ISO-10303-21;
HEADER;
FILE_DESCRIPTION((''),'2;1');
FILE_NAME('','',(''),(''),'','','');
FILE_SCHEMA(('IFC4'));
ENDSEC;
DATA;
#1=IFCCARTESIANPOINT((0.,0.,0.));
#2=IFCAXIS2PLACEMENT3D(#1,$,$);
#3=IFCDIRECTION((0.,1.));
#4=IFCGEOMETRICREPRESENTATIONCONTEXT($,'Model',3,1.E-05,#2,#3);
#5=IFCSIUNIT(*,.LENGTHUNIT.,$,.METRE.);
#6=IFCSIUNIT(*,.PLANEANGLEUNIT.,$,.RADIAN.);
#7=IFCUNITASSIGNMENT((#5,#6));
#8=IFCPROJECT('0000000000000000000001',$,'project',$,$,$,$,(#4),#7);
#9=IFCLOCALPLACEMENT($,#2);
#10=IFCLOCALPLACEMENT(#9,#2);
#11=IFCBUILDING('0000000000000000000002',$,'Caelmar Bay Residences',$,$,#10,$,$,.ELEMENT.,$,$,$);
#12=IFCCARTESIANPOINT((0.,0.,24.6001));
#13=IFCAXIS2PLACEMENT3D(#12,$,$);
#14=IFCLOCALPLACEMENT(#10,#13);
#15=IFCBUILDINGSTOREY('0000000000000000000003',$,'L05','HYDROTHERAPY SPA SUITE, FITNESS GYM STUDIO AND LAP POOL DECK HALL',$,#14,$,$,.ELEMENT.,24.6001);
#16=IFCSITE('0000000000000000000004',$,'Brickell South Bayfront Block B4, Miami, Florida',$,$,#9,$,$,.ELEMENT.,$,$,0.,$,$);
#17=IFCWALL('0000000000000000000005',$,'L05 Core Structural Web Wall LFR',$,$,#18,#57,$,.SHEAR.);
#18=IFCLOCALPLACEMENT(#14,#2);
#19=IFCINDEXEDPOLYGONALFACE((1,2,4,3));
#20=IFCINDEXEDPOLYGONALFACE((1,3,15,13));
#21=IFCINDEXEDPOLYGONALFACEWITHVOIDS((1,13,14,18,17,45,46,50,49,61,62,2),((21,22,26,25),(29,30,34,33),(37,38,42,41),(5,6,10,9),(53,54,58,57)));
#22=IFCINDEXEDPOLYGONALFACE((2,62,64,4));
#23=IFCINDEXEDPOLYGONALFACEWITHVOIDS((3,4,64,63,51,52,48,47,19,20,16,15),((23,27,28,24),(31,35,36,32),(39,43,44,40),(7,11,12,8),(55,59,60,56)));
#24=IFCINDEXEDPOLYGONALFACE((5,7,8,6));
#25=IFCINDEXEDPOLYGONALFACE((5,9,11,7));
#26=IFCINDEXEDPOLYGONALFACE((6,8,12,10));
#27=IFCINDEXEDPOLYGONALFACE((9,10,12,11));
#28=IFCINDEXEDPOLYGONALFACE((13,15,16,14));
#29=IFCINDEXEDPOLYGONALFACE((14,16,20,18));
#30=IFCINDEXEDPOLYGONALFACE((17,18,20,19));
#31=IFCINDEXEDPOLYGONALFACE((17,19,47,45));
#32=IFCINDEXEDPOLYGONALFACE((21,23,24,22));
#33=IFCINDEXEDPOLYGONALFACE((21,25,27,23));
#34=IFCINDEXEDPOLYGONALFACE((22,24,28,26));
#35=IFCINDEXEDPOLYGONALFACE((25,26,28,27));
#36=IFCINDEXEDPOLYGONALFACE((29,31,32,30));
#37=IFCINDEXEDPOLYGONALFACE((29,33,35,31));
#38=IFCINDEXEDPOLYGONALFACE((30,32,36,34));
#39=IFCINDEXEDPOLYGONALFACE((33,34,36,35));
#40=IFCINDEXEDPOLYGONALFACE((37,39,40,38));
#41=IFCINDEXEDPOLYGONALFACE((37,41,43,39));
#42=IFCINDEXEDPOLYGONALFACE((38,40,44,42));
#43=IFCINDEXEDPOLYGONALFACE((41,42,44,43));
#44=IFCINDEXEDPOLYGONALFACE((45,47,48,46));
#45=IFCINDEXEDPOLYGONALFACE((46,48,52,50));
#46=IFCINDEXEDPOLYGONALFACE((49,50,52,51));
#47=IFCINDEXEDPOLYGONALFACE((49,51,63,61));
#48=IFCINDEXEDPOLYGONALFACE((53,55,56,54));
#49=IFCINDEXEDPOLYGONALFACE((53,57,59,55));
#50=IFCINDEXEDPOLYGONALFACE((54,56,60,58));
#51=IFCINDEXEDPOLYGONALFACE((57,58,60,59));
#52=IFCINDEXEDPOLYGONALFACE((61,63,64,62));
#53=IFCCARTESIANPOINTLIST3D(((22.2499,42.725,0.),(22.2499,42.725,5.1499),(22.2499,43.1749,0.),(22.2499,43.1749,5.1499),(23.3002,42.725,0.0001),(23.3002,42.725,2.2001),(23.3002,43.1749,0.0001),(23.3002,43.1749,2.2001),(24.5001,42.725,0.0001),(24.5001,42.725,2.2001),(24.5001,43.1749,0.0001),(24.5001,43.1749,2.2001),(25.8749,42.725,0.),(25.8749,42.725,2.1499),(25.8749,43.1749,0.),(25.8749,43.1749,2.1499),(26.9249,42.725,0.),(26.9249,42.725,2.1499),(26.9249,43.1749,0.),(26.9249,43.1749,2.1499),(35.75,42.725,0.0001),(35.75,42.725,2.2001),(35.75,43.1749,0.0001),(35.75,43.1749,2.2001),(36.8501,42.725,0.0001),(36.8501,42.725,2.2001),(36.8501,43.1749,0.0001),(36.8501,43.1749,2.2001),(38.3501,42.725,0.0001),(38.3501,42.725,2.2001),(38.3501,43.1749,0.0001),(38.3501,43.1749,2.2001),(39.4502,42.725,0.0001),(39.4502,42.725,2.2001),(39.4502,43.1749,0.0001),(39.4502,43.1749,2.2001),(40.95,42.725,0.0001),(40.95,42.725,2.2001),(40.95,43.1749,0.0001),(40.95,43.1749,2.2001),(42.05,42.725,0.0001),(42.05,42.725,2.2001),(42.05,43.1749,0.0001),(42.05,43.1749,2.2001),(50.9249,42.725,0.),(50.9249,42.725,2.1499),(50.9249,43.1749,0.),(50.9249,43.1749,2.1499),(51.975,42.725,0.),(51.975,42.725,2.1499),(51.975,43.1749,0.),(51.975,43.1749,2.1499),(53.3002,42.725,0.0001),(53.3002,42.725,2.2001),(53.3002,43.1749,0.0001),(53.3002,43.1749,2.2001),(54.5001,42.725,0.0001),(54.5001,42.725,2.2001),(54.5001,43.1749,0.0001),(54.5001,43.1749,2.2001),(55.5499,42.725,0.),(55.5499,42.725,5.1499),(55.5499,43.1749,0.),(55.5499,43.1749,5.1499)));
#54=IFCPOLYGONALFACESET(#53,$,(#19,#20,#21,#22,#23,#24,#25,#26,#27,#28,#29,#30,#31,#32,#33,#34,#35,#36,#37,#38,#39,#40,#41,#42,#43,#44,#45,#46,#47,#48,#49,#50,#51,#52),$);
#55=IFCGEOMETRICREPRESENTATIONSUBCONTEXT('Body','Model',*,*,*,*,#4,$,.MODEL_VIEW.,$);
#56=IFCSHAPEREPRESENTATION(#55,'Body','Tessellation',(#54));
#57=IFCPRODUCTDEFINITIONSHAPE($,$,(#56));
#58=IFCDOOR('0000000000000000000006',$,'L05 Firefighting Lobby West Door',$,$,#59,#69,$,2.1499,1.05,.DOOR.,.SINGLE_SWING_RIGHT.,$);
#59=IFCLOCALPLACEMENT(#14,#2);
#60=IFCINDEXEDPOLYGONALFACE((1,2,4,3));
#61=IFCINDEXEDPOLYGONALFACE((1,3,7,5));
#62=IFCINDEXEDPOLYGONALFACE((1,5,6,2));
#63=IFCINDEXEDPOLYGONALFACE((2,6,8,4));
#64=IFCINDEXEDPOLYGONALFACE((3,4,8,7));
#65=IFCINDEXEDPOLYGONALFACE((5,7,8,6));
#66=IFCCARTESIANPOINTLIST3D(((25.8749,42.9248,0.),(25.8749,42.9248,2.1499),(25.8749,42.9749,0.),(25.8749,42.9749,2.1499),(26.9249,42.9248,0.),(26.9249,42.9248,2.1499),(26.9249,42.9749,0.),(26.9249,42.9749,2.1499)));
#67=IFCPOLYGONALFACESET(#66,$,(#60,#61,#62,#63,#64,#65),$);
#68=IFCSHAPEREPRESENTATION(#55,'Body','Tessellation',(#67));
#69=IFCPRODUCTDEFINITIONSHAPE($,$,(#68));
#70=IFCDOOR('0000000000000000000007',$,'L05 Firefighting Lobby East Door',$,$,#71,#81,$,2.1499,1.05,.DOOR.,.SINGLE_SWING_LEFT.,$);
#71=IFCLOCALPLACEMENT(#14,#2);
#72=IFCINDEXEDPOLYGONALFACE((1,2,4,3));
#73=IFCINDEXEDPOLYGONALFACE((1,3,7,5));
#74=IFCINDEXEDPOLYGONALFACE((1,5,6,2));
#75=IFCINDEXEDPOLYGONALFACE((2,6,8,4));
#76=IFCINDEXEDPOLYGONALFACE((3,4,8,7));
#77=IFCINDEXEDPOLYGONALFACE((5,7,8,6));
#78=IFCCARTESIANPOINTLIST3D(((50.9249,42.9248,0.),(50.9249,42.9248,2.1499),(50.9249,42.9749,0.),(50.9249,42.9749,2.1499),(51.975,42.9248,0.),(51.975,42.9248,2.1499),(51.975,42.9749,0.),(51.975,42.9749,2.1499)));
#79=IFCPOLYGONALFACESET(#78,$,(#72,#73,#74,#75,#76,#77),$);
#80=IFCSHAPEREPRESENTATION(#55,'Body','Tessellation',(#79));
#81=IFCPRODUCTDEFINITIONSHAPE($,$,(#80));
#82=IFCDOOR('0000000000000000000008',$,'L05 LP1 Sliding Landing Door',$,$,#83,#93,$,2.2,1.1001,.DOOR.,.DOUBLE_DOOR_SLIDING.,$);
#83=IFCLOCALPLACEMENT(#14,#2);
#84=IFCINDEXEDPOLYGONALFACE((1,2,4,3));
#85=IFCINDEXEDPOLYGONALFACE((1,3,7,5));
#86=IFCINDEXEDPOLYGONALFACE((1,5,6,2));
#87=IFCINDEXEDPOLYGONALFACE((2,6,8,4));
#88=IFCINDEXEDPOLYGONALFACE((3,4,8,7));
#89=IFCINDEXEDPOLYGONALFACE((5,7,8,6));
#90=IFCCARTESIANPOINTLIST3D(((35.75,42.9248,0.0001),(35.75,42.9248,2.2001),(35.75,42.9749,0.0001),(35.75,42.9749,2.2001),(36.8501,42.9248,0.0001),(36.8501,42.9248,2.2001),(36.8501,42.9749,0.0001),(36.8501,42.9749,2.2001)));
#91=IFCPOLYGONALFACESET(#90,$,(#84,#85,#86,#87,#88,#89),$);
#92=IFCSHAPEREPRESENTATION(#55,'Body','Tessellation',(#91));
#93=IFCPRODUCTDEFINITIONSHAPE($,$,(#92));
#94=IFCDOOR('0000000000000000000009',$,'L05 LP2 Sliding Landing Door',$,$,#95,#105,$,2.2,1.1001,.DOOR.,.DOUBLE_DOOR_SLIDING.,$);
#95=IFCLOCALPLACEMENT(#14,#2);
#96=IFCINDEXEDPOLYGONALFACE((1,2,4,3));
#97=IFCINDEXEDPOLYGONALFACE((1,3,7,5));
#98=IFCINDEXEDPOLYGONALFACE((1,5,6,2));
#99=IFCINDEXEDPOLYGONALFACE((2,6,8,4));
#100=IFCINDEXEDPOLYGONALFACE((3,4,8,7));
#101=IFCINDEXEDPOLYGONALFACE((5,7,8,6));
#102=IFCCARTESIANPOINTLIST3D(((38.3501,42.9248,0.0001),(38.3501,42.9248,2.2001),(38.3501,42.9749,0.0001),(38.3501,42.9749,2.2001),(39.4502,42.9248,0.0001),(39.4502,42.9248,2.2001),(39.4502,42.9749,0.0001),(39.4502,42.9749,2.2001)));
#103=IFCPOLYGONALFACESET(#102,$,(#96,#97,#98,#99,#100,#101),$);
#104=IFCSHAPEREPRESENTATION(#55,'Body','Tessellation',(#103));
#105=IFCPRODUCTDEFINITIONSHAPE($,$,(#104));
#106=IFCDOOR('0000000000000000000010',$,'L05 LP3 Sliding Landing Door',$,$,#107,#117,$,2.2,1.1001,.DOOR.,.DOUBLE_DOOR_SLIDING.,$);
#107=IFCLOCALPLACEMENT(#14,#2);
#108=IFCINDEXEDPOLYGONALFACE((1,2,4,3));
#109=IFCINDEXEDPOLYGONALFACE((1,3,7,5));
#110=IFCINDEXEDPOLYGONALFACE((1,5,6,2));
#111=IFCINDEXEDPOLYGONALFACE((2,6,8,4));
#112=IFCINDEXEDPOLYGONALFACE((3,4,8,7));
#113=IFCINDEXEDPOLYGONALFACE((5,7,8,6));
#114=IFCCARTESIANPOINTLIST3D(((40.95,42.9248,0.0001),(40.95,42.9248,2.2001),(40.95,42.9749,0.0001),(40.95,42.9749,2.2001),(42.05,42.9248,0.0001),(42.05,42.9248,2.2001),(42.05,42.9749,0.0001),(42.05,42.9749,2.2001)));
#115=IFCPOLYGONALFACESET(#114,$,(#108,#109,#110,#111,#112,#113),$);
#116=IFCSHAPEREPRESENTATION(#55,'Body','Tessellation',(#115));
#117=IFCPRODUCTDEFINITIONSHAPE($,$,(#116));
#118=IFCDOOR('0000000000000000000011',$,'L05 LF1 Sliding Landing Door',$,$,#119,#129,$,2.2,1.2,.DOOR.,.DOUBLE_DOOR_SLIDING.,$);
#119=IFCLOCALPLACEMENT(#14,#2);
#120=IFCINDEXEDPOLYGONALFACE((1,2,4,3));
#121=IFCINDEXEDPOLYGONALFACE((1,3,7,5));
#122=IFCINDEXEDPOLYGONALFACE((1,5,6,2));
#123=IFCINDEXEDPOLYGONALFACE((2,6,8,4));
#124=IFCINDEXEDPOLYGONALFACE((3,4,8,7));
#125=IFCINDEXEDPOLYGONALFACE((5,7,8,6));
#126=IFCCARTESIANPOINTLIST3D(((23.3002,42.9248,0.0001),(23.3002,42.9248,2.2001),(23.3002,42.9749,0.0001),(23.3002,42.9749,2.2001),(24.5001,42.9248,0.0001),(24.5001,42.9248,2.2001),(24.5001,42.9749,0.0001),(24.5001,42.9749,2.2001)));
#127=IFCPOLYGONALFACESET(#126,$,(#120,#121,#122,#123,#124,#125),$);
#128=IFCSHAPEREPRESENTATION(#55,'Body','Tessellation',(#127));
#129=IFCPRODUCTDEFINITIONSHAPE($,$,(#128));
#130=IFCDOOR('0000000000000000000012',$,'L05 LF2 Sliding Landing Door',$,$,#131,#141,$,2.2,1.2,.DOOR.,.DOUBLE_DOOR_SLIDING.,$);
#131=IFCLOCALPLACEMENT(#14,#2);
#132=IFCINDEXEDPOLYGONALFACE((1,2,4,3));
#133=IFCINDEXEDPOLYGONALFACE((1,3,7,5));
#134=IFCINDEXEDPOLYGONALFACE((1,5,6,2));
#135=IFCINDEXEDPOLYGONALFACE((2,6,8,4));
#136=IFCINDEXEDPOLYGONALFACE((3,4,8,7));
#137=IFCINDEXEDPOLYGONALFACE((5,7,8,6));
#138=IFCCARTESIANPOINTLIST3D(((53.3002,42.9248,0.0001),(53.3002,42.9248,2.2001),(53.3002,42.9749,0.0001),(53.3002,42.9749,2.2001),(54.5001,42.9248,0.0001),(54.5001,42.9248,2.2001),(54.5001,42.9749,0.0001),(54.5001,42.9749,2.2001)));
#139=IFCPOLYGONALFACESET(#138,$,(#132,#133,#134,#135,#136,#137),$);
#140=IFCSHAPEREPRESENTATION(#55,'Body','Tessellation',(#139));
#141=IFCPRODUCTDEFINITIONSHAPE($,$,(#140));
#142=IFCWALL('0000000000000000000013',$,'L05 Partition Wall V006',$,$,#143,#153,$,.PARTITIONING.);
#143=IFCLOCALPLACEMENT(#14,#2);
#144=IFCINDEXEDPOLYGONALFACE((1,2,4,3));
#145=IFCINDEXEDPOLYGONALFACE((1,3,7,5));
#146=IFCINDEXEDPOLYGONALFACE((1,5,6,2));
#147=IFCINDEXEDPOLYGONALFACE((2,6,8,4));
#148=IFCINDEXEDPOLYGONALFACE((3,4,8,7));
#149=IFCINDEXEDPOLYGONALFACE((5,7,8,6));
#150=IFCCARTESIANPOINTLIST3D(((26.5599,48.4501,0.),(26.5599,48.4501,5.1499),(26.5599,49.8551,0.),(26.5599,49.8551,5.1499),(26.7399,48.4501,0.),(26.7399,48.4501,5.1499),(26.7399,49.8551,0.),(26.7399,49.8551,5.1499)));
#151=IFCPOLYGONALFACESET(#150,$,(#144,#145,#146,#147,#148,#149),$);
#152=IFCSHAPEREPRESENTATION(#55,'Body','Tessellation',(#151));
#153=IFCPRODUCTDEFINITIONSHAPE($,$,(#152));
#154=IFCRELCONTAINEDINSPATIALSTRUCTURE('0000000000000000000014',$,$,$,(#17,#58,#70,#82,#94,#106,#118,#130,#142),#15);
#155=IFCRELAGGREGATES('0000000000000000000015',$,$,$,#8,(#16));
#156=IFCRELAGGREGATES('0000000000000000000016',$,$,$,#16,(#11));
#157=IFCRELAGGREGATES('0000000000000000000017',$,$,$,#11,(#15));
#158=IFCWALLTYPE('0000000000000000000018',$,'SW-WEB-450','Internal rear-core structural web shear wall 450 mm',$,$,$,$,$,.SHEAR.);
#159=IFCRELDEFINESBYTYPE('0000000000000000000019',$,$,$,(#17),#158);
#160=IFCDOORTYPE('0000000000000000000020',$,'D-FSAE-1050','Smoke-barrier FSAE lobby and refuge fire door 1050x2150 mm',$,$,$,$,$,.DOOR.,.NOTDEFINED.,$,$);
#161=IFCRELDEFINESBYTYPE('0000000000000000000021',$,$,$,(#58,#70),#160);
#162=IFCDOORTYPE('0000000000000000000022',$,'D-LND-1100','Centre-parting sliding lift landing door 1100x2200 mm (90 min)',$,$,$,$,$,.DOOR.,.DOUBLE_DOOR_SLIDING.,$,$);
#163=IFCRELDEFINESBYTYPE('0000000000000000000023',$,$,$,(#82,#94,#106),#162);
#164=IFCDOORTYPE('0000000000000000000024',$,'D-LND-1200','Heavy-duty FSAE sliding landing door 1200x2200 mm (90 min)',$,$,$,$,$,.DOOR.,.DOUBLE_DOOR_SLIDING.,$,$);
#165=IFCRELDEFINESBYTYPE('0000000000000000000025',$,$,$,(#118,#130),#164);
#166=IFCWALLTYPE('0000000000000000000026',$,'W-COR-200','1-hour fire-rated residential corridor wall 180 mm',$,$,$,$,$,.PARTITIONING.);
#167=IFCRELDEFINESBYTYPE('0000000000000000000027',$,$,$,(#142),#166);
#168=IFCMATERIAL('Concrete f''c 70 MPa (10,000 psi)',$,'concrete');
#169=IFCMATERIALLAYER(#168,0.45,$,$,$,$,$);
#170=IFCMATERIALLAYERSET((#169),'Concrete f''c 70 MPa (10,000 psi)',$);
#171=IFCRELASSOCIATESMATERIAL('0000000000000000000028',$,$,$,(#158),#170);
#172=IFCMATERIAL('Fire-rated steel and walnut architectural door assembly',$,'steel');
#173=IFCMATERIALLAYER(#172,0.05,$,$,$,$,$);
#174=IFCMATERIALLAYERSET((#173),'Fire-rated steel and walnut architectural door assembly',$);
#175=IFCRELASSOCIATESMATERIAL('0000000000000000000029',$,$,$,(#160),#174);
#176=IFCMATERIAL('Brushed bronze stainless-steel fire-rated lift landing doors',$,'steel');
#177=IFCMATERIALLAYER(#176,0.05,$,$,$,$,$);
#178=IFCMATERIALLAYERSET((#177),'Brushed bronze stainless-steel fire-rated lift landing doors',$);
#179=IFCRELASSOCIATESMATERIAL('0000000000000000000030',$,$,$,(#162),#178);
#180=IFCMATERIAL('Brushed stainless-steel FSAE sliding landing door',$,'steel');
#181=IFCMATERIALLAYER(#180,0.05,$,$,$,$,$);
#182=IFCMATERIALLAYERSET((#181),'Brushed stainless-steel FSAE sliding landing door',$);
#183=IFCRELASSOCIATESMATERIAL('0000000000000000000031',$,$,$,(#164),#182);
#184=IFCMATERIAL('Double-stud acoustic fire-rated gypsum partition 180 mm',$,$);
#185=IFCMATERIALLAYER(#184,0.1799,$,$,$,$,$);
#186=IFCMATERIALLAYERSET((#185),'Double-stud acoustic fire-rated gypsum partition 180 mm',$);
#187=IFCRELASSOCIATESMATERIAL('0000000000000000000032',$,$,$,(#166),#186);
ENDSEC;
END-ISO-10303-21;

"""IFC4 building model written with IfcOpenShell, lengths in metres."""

from ifc_helpers import new_model, si_unit, direction, frame, frame_2d, origin, place, context, subcontext, project, spatial, rectangle, extrude, material, layer, layer_set, type_object, element, fill, save


model = new_model("IFC4")

# Units and contexts
model_context = context("Model", 3, precision=1e-05, world=origin(), true_north=direction((0.0, 1.0)))
body_context = subcontext(model_context, "Body", "Model", "MODEL_VIEW")
ifc_project = project(units=[si_unit("LENGTHUNIT", "METRE"), si_unit("PLANEANGLEUNIT", "RADIAN")], contexts=[model_context])

# Site, building, storey
site_placement = place(None, origin())
site = spatial("IfcSite", under=ifc_project, at=site_placement, Name="Brickell South Bayfront Block B4, Miami, Florida", CompositionType="ELEMENT", RefElevation=0.0)
building_placement = place(site_placement, origin())
building = spatial("IfcBuilding", under=site, at=building_placement, Name="Caelmar Bay Residences", CompositionType="ELEMENT")
storey_placement = place(building_placement, frame((0.0, 0.0, 24.6001)))
storey = spatial("IfcBuildingStorey", under=building, at=storey_placement, Name="L05", Description="HYDROTHERAPY SPA SUITE, FITNESS GYM STUDIO AND LAP POOL DECK HALL", CompositionType="ELEMENT", Elevation=24.6001)

# Wall, openings, doors
ifc_material_1 = material(Name="Concrete f'c 70 MPa (10,000 psi)", Category="concrete")
ifc_layer_1 = layer(ifc_material_1, 0.45)
ifc_layer_set_1 = layer_set([ifc_layer_1], Name="Concrete f'c 70 MPa (10,000 psi)")
wall_type_1 = type_object("IfcWallType", Name="SW-WEB-450", Description="Internal rear-core structural web shear wall 450 mm", PredefinedType="SHEAR", material=ifc_layer_set_1)
wall_1_placement = place(storey_placement, frame((22.25, 42.95, 0.0), z_axis=(0.0, 0.0, 1.0), x_axis=(1.0, 0.0, 0.0)))
wall_1 = element("IfcWall", 1, at=wall_1_placement, inside=storey, type_object=wall_type_1, Name="L05 Core Structural Web Wall LFR", PredefinedType="SHEAR", context=body_context, shape_type="SweptSolid", body=[
    extrude(rectangle(XDim=33.3, YDim=0.45, at=frame_2d((16.6499, 0.0))), origin(), (0.0, 0.0, 1.0), 5.1499),
])
opening_1_placement = place(wall_1_placement, frame((1.05, 0.0, 0.0)))
opening_1 = element("IfcOpeningElement", 2, at=opening_1_placement, cuts=wall_1, PredefinedType="OPENING", context=body_context, shape_type="SweptSolid", body=[
    extrude(rectangle(XDim=1.2, YDim=2.2, at=frame_2d((0.6001, 1.1001))), frame((0.0, 0.2349, 0.0), z_axis=(0.0, -1.0, 0.0), x_axis=(1.0, 0.0, 0.0)), (0.0, 0.0, 1.0), 0.47),
])
opening_2_placement = place(wall_1_placement, frame((31.05, 0.0, 0.0)))
opening_2 = element("IfcOpeningElement", 3, at=opening_2_placement, cuts=wall_1, PredefinedType="OPENING", context=body_context, shape_type="SweptSolid", body=[
    extrude(rectangle(XDim=1.2, YDim=2.2, at=frame_2d((0.6001, 1.1001))), frame((0.0, 0.2349, 0.0), z_axis=(0.0, -1.0, 0.0), x_axis=(1.0, 0.0, 0.0)), (0.0, 0.0, 1.0), 0.47),
])
opening_3_placement = place(wall_1_placement, frame((13.5, 0.0, 0.0)))
opening_3 = element("IfcOpeningElement", 4, at=opening_3_placement, cuts=wall_1, PredefinedType="OPENING", context=body_context, shape_type="SweptSolid", body=[
    extrude(rectangle(XDim=1.1001, YDim=2.2, at=frame_2d((0.55, 1.1001))), frame((0.0, 0.2349, 0.0), z_axis=(0.0, -1.0, 0.0), x_axis=(1.0, 0.0, 0.0)), (0.0, 0.0, 1.0), 0.47),
])
opening_4_placement = place(wall_1_placement, frame((16.1001, 0.0, 0.0)))
opening_4 = element("IfcOpeningElement", 5, at=opening_4_placement, cuts=wall_1, PredefinedType="OPENING", context=body_context, shape_type="SweptSolid", body=[
    extrude(rectangle(XDim=1.1001, YDim=2.2, at=frame_2d((0.55, 1.1001))), frame((0.0, 0.2349, 0.0), z_axis=(0.0, -1.0, 0.0), x_axis=(1.0, 0.0, 0.0)), (0.0, 0.0, 1.0), 0.47),
])
opening_5_placement = place(wall_1_placement, frame((18.7, 0.0, 0.0)))
opening_5 = element("IfcOpeningElement", 6, at=opening_5_placement, cuts=wall_1, PredefinedType="OPENING", context=body_context, shape_type="SweptSolid", body=[
    extrude(rectangle(XDim=1.1001, YDim=2.2, at=frame_2d((0.55, 1.1001))), frame((0.0, 0.2349, 0.0), z_axis=(0.0, -1.0, 0.0), x_axis=(1.0, 0.0, 0.0)), (0.0, 0.0, 1.0), 0.47),
])
opening_6_placement = place(wall_1_placement, frame((3.625, 0.0, 0.0)))
opening_6 = element("IfcOpeningElement", 7, at=opening_6_placement, cuts=wall_1, PredefinedType="OPENING", context=body_context, shape_type="SweptSolid", body=[
    extrude(rectangle(XDim=1.05, YDim=2.1499, at=frame_2d((0.5249, 1.075))), frame((0.0, 0.2349, 0.0), z_axis=(0.0, -1.0, 0.0), x_axis=(1.0, 0.0, 0.0)), (0.0, 0.0, 1.0), 0.47),
])
opening_7_placement = place(wall_1_placement, frame((28.675, 0.0, 0.0)))
opening_7 = element("IfcOpeningElement", 8, at=opening_7_placement, cuts=wall_1, PredefinedType="OPENING", context=body_context, shape_type="SweptSolid", body=[
    extrude(rectangle(XDim=1.05, YDim=2.1499, at=frame_2d((0.5249, 1.075))), frame((0.0, 0.2349, 0.0), z_axis=(0.0, -1.0, 0.0), x_axis=(1.0, 0.0, 0.0)), (0.0, 0.0, 1.0), 0.47),
])
ifc_material_2 = material(Name="Fire-rated steel and walnut architectural door assembly", Category="steel")
ifc_layer_2 = layer(ifc_material_2, 0.05)
ifc_layer_set_2 = layer_set([ifc_layer_2], Name="Fire-rated steel and walnut architectural door assembly")
door_type_1 = type_object("IfcDoorType", Name="D-FSAE-1050", Description="Smoke-barrier FSAE lobby and refuge fire door 1050x2150 mm", OperationType="NOTDEFINED", PredefinedType="DOOR", material=ifc_layer_set_2)
door_1_placement = place(opening_6_placement, origin())
door_1 = element("IfcDoor", 9, at=door_1_placement, inside=storey, type_object=door_type_1, Name="L05 Firefighting Lobby West Door", OperationType="SINGLE_SWING_RIGHT", OverallHeight=2.1499, OverallWidth=1.05, PredefinedType="DOOR", context=body_context, shape_type="SweptSolid", body=[
    extrude(rectangle(XDim=1.05, YDim=2.1499, at=frame_2d((0.5249, 1.075))), frame((0.0, 0.0249, 0.0), z_axis=(0.0, -1.0, 0.0), x_axis=(1.0, 0.0, 0.0)), (0.0, 0.0, 1.0), 0.05),
])
fill(opening_6, door_1)
door_2_placement = place(opening_7_placement, origin())
door_2 = element("IfcDoor", 10, at=door_2_placement, inside=storey, type_object=door_type_1, Name="L05 Firefighting Lobby East Door", OperationType="SINGLE_SWING_LEFT", OverallHeight=2.1499, OverallWidth=1.05, PredefinedType="DOOR", context=body_context, shape_type="SweptSolid", body=[
    extrude(rectangle(XDim=1.05, YDim=2.1499, at=frame_2d((0.5249, 1.075))), frame((0.0, 0.0249, 0.0), z_axis=(0.0, -1.0, 0.0), x_axis=(1.0, 0.0, 0.0)), (0.0, 0.0, 1.0), 0.05),
])
fill(opening_7, door_2)
ifc_material_3 = material(Name="Brushed bronze stainless-steel fire-rated lift landing doors", Category="steel")
ifc_layer_3 = layer(ifc_material_3, 0.05)
ifc_layer_set_3 = layer_set([ifc_layer_3], Name="Brushed bronze stainless-steel fire-rated lift landing doors")
door_type_2 = type_object("IfcDoorType", Name="D-LND-1100", Description="Centre-parting sliding lift landing door 1100x2200 mm (90 min)", OperationType="DOUBLE_DOOR_SLIDING", PredefinedType="DOOR", material=ifc_layer_set_3)
door_3_placement = place(opening_3_placement, origin())
door_3 = element("IfcDoor", 11, at=door_3_placement, inside=storey, type_object=door_type_2, Name="L05 LP1 Sliding Landing Door", OperationType="DOUBLE_DOOR_SLIDING", OverallHeight=2.2, OverallWidth=1.1001, PredefinedType="DOOR", context=body_context, shape_type="SweptSolid", body=[
    extrude(rectangle(XDim=1.1001, YDim=2.2, at=frame_2d((0.55, 1.1001))), frame((0.0, 0.0249, 0.0), z_axis=(0.0, -1.0, 0.0), x_axis=(1.0, 0.0, 0.0)), (0.0, 0.0, 1.0), 0.05),
])
fill(opening_3, door_3)
door_4_placement = place(opening_4_placement, origin())
door_4 = element("IfcDoor", 12, at=door_4_placement, inside=storey, type_object=door_type_2, Name="L05 LP2 Sliding Landing Door", OperationType="DOUBLE_DOOR_SLIDING", OverallHeight=2.2, OverallWidth=1.1001, PredefinedType="DOOR", context=body_context, shape_type="SweptSolid", body=[
    extrude(rectangle(XDim=1.1001, YDim=2.2, at=frame_2d((0.55, 1.1001))), frame((0.0, 0.0249, 0.0), z_axis=(0.0, -1.0, 0.0), x_axis=(1.0, 0.0, 0.0)), (0.0, 0.0, 1.0), 0.05),
])
fill(opening_4, door_4)
door_5_placement = place(opening_5_placement, origin())
door_5 = element("IfcDoor", 13, at=door_5_placement, inside=storey, type_object=door_type_2, Name="L05 LP3 Sliding Landing Door", OperationType="DOUBLE_DOOR_SLIDING", OverallHeight=2.2, OverallWidth=1.1001, PredefinedType="DOOR", context=body_context, shape_type="SweptSolid", body=[
    extrude(rectangle(XDim=1.1001, YDim=2.2, at=frame_2d((0.55, 1.1001))), frame((0.0, 0.0249, 0.0), z_axis=(0.0, -1.0, 0.0), x_axis=(1.0, 0.0, 0.0)), (0.0, 0.0, 1.0), 0.05),
])
fill(opening_5, door_5)
ifc_material_4 = material(Name="Brushed stainless-steel FSAE sliding landing door", Category="steel")
ifc_layer_4 = layer(ifc_material_4, 0.05)
ifc_layer_set_4 = layer_set([ifc_layer_4], Name="Brushed stainless-steel FSAE sliding landing door")
door_type_3 = type_object("IfcDoorType", Name="D-LND-1200", Description="Heavy-duty FSAE sliding landing door 1200x2200 mm (90 min)", OperationType="DOUBLE_DOOR_SLIDING", PredefinedType="DOOR", material=ifc_layer_set_4)
door_6_placement = place(opening_1_placement, origin())
door_6 = element("IfcDoor", 14, at=door_6_placement, inside=storey, type_object=door_type_3, Name="L05 LF1 Sliding Landing Door", OperationType="DOUBLE_DOOR_SLIDING", OverallHeight=2.2, OverallWidth=1.2, PredefinedType="DOOR", context=body_context, shape_type="SweptSolid", body=[
    extrude(rectangle(XDim=1.2, YDim=2.2, at=frame_2d((0.6001, 1.1001))), frame((0.0, 0.0249, 0.0), z_axis=(0.0, -1.0, 0.0), x_axis=(1.0, 0.0, 0.0)), (0.0, 0.0, 1.0), 0.05),
])
fill(opening_1, door_6)
door_7_placement = place(opening_2_placement, origin())
door_7 = element("IfcDoor", 15, at=door_7_placement, inside=storey, type_object=door_type_3, Name="L05 LF2 Sliding Landing Door", OperationType="DOUBLE_DOOR_SLIDING", OverallHeight=2.2, OverallWidth=1.2, PredefinedType="DOOR", context=body_context, shape_type="SweptSolid", body=[
    extrude(rectangle(XDim=1.2, YDim=2.2, at=frame_2d((0.6001, 1.1001))), frame((0.0, 0.0249, 0.0), z_axis=(0.0, -1.0, 0.0), x_axis=(1.0, 0.0, 0.0)), (0.0, 0.0, 1.0), 0.05),
])
fill(opening_2, door_7)

# Wall
ifc_material_5 = material(Name="Double-stud acoustic fire-rated gypsum partition 180 mm")
ifc_layer_5 = layer(ifc_material_5, 0.1799)
ifc_layer_set_5 = layer_set([ifc_layer_5], Name="Double-stud acoustic fire-rated gypsum partition 180 mm")
wall_type_2 = type_object("IfcWallType", Name="W-COR-200", Description="1-hour fire-rated residential corridor wall 180 mm", PredefinedType="PARTITIONING", material=ifc_layer_set_5)
for number, where, z_axis, x_axis, name in (
    (16, (26.6499, 48.45, 0.0), (0.0, 0.0, 1.0), (0.0, 1.0, 0.0), "L05 Partition Wall V006"),
):
    element("IfcWall", number, at=place(storey_placement, frame(where, z_axis=z_axis, x_axis=x_axis)), inside=storey, type_object=wall_type_2, Name=name, PredefinedType="PARTITIONING", context=body_context, shape_type="SweptSolid", body=[
        extrude(rectangle(XDim=1.405, YDim=0.1799, at=frame_2d((0.7026, 0.0))), origin(), (0.0, 0.0, 1.0), 5.1499),
    ])

save(model, "model.ifc")
